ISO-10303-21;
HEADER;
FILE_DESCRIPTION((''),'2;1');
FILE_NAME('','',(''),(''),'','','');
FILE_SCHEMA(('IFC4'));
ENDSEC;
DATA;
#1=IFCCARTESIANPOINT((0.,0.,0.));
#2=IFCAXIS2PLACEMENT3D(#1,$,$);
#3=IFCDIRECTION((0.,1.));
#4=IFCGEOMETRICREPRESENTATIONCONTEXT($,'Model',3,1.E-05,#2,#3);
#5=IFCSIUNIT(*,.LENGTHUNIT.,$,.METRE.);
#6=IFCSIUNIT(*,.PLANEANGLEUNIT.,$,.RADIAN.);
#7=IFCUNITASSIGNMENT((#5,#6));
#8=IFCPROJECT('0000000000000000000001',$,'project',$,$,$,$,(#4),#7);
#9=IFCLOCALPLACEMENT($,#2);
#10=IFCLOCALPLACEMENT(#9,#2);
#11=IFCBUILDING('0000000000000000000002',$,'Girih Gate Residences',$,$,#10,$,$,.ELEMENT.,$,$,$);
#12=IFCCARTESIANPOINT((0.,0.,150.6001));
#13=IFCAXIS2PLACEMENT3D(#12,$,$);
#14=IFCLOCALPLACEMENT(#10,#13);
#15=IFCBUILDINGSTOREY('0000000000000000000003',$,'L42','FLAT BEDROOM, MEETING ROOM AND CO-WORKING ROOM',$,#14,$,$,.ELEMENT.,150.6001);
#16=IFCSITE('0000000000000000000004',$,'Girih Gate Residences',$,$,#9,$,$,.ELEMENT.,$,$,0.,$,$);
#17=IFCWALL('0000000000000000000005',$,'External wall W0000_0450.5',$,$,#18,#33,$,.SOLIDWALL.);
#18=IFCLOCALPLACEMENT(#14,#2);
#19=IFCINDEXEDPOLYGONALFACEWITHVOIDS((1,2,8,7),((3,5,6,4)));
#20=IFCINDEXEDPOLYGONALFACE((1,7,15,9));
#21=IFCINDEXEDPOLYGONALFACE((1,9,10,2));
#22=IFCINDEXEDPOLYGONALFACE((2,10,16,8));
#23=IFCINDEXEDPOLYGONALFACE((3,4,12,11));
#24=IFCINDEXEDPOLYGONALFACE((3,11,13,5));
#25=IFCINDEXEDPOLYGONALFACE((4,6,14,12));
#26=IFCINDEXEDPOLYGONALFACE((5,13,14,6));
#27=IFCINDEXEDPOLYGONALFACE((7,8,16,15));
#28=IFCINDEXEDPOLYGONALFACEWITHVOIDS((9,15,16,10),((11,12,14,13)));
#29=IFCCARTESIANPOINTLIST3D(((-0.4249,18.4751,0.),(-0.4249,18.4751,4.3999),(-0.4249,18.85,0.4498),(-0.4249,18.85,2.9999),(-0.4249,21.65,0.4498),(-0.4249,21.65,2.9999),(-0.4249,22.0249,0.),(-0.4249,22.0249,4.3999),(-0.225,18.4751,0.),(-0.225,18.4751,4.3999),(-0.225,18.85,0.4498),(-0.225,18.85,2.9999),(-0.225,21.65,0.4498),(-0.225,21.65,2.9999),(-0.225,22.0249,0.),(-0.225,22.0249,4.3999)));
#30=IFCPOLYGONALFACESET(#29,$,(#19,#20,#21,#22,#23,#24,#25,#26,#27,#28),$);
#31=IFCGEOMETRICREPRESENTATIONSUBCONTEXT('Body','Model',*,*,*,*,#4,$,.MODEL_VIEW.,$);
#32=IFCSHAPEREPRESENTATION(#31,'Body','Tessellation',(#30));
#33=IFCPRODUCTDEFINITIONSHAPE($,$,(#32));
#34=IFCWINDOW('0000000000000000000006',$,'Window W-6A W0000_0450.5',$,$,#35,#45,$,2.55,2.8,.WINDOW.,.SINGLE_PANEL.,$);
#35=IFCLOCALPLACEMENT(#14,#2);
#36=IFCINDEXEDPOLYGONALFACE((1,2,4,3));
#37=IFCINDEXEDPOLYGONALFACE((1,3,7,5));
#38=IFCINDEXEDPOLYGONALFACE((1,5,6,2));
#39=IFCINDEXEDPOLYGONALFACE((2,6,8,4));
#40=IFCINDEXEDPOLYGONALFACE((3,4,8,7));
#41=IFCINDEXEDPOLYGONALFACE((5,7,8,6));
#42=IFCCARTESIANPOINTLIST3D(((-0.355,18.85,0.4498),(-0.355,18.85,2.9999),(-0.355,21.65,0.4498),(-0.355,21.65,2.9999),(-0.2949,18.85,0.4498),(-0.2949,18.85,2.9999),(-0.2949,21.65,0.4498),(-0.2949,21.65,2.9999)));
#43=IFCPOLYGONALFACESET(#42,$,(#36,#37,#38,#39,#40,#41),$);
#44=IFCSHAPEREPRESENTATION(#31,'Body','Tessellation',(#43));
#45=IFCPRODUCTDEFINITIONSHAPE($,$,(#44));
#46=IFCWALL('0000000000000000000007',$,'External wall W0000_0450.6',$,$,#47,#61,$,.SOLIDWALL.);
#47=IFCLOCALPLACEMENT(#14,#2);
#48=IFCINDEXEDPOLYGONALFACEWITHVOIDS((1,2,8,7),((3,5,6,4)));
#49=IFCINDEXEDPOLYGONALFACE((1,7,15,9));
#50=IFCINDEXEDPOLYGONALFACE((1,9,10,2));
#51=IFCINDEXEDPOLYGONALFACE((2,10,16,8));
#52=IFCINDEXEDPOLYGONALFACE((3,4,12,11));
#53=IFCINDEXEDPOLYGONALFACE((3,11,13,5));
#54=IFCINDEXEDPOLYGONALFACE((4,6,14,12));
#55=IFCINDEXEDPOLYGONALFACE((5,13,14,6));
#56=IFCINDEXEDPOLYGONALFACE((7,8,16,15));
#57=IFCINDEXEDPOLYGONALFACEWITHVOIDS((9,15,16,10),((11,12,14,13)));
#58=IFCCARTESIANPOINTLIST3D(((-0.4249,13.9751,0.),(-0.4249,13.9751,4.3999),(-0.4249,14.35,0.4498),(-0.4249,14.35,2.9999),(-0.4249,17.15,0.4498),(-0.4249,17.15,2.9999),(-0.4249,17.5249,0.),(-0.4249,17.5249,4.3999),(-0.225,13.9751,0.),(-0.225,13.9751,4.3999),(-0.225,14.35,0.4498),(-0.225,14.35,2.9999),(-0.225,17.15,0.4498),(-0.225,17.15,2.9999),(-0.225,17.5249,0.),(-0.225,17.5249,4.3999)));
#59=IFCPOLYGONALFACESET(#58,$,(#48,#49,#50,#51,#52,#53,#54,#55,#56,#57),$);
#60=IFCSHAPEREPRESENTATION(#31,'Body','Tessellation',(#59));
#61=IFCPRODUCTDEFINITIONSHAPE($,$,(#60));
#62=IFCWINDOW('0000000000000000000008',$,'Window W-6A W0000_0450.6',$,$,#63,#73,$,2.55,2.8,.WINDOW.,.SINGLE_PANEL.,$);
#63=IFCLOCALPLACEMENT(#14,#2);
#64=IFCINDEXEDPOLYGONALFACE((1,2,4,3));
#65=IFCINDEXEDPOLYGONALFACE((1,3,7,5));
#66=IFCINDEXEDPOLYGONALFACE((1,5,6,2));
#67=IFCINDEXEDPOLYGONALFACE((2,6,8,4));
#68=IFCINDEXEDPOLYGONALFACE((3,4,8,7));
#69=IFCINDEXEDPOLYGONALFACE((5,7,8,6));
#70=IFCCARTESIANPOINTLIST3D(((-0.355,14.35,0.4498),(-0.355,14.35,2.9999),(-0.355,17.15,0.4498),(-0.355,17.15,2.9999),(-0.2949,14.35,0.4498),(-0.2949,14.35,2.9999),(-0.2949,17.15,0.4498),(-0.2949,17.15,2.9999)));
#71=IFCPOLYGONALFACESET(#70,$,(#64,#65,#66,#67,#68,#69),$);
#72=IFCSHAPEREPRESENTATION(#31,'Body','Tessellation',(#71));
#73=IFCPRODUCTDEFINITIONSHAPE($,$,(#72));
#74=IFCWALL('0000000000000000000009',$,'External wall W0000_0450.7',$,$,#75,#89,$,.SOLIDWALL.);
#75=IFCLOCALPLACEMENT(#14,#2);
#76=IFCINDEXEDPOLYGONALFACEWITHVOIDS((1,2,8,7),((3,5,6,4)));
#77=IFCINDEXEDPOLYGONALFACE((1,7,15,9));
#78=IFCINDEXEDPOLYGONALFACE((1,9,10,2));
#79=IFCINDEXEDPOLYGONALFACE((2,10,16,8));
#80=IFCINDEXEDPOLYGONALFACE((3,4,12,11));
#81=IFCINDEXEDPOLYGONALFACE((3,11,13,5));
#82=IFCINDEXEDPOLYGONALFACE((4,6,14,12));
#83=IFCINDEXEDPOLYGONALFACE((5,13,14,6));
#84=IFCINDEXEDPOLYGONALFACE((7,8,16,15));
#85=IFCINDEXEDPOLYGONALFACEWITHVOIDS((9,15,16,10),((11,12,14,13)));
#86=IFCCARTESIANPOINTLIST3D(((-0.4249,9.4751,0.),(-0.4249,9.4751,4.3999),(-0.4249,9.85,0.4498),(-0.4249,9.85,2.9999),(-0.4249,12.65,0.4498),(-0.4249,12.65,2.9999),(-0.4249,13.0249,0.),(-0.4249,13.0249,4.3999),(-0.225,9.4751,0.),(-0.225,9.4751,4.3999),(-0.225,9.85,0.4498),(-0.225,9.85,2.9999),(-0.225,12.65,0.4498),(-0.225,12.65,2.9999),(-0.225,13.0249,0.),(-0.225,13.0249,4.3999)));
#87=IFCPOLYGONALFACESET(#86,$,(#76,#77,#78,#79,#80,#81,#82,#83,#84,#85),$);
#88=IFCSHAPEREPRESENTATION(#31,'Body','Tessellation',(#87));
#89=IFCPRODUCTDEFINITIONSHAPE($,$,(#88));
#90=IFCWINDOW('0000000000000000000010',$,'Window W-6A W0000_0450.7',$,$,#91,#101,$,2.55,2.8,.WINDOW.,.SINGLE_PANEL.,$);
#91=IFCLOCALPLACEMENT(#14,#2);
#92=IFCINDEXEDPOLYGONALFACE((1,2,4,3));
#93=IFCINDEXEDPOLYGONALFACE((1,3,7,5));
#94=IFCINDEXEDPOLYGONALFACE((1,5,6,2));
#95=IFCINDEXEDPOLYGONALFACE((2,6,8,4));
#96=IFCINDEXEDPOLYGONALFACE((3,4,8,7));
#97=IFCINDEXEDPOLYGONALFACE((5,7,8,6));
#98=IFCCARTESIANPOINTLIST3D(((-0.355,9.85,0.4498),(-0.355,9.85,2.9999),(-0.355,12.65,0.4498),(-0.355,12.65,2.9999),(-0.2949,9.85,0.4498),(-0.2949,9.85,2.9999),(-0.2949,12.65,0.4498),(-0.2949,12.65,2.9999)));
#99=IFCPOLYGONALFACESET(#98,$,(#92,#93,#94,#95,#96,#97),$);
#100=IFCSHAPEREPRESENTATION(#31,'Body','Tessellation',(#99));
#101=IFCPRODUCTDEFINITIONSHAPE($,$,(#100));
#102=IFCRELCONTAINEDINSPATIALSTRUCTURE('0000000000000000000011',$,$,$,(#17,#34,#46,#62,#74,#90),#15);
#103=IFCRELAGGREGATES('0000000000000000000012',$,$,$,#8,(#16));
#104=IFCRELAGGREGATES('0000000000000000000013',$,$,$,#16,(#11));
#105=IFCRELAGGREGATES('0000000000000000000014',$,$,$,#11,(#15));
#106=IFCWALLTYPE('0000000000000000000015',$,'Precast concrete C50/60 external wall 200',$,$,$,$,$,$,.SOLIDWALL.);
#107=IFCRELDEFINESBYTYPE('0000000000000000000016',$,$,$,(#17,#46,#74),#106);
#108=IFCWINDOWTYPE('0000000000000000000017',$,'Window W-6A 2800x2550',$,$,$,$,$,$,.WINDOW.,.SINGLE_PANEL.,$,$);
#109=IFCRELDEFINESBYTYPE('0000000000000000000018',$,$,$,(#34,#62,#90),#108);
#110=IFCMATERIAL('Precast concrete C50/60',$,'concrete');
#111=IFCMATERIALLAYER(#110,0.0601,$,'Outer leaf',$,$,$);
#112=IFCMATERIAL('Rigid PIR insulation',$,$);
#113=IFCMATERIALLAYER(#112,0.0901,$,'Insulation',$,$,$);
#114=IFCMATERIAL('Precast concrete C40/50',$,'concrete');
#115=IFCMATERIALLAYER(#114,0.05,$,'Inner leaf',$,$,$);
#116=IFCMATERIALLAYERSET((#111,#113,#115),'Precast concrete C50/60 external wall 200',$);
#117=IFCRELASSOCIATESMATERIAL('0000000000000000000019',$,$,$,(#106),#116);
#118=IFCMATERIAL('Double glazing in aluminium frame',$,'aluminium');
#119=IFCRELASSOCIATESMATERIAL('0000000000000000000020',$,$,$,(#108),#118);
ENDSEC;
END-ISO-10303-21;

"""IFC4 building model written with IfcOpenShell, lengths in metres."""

from ifc_helpers import new_model, si_unit, direction, frame, frame_2d, origin, place, context, subcontext, project, spatial, rectangle, extrude, material, layer, layer_set, type_object, element, fill, save


model = new_model("IFC4")

# Units and contexts
model_context = context("Model", 3, precision=1e-05, world=origin(), true_north=direction((0.0, 1.0)))
body_context = subcontext(model_context, "Body", "Model", "MODEL_VIEW")
ifc_project = project(units=[si_unit("LENGTHUNIT", "METRE"), si_unit("PLANEANGLEUNIT", "RADIAN")], contexts=[model_context])

# Site, building, storey
site_placement = place(None, origin())
site = spatial("IfcSite", under=ifc_project, at=site_placement, Name="Girih Gate Residences", CompositionType="ELEMENT", RefElevation=0.0)
building_placement = place(site_placement, origin())
building = spatial("IfcBuilding", under=site, at=building_placement, Name="Girih Gate Residences", CompositionType="ELEMENT")
storey_placement = place(building_placement, frame((0.0, 0.0, 150.6001)))
storey = spatial("IfcBuildingStorey", under=building, at=storey_placement, Name="L42", Description="FLAT BEDROOM, MEETING ROOM AND CO-WORKING ROOM", CompositionType="ELEMENT", Elevation=150.6001)

# Walls, openings, windows
ifc_material_1 = material(Name="Precast concrete C50/60", Category="concrete")
ifc_layer_1 = layer(ifc_material_1, 0.0601, Name="Outer leaf")
ifc_material_2 = material(Name="Rigid PIR insulation")
ifc_layer_2 = layer(ifc_material_2, 0.0901, Name="Insulation")
ifc_material_3 = material(Name="Precast concrete C40/50", Category="concrete")
ifc_layer_3 = layer(ifc_material_3, 0.05, Name="Inner leaf")
ifc_layer_set_1 = layer_set([ifc_layer_1, ifc_layer_2, ifc_layer_3], Name="Precast concrete C50/60 external wall 200")
wall_type_1 = type_object("IfcWallType", Name="Precast concrete C50/60 external wall 200", PredefinedType="SOLIDWALL", material=ifc_layer_set_1)
ifc_material_4 = material(Name="Double glazing in aluminium frame", Category="aluminium")
window_type = type_object("IfcWindowType", Name="Window W-6A 2800x2550", PartitioningType="SINGLE_PANEL", PredefinedType="WINDOW", material=ifc_material_4)
wall_1_placement = place(storey_placement, frame((-0.325, 18.4751, 0.0), z_axis=(0.0, 0.0, 1.0), x_axis=(0.0, 1.0, 0.0)))
wall_1 = element("IfcWall", 1, at=wall_1_placement, inside=storey, type_object=wall_type_1, Name="External wall W0000_0450.5", PredefinedType="SOLIDWALL", context=body_context, shape_type="SweptSolid", body=[
    extrude(rectangle(XDim=3.5498, YDim=0.2, at=frame_2d((1.7749, 0.0))), origin(), (0.0, 0.0, 1.0), 4.3999),
])
opening_1_placement = place(wall_1_placement, frame((0.375, 0.0, 0.45)))
opening_1 = element("IfcOpeningElement", 2, at=opening_1_placement, cuts=wall_1, PredefinedType="OPENING", context=body_context, shape_type="SweptSolid", body=[
    extrude(rectangle(XDim=2.8, YDim=2.55, at=frame_2d((1.3999, 1.2749))), frame((0.0, 0.1099, 0.0), z_axis=(0.0, -1.0, 0.0), x_axis=(1.0, 0.0, 0.0)), (0.0, 0.0, 1.0), 0.22),
])
window_1_placement = place(opening_1_placement, origin())
window_1 = element("IfcWindow", 3, at=window_1_placement, inside=storey, type_object=window_type, Name="Window W-6A W0000_0450.5", OverallHeight=2.55, OverallWidth=2.8, PartitioningType="SINGLE_PANEL", PredefinedType="WINDOW", context=body_context, shape_type="SweptSolid", body=[
    extrude(rectangle(XDim=2.8, YDim=2.55, at=frame_2d((1.3999, 1.2749))), frame((0.0, 0.03, 0.0), z_axis=(0.0, -1.0, 0.0), x_axis=(1.0, 0.0, 0.0)), (0.0, 0.0, 1.0), 0.0601),
])
fill(opening_1, window_1)
wall_2_placement = place(storey_placement, frame((-0.325, 13.9751, 0.0), z_axis=(0.0, 0.0, 1.0), x_axis=(0.0, 1.0, 0.0)))
wall_2 = element("IfcWall", 4, at=wall_2_placement, inside=storey, type_object=wall_type_1, Name="External wall W0000_0450.6", PredefinedType="SOLIDWALL", context=body_context, shape_type="SweptSolid", body=[
    extrude(rectangle(XDim=3.5498, YDim=0.2, at=frame_2d((1.7749, 0.0))), origin(), (0.0, 0.0, 1.0), 4.3999),
])
opening_2_placement = place(wall_2_placement, frame((0.375, 0.0, 0.45)))
opening_2 = element("IfcOpeningElement", 5, at=opening_2_placement, cuts=wall_2, PredefinedType="OPENING", context=body_context, shape_type="SweptSolid", body=[
    extrude(rectangle(XDim=2.8, YDim=2.55, at=frame_2d((1.3999, 1.2749))), frame((0.0, 0.1099, 0.0), z_axis=(0.0, -1.0, 0.0), x_axis=(1.0, 0.0, 0.0)), (0.0, 0.0, 1.0), 0.22),
])
window_2_placement = place(opening_2_placement, origin())
window_2 = element("IfcWindow", 6, at=window_2_placement, inside=storey, type_object=window_type, Name="Window W-6A W0000_0450.6", OverallHeight=2.55, OverallWidth=2.8, PartitioningType="SINGLE_PANEL", PredefinedType="WINDOW", context=body_context, shape_type="SweptSolid", body=[
    extrude(rectangle(XDim=2.8, YDim=2.55, at=frame_2d((1.3999, 1.2749))), frame((0.0, 0.03, 0.0), z_axis=(0.0, -1.0, 0.0), x_axis=(1.0, 0.0, 0.0)), (0.0, 0.0, 1.0), 0.0601),
])
fill(opening_2, window_2)
wall_3_placement = place(storey_placement, frame((-0.325, 9.4751, 0.0), z_axis=(0.0, 0.0, 1.0), x_axis=(0.0, 1.0, 0.0)))
wall_3 = element("IfcWall", 7, at=wall_3_placement, inside=storey, type_object=wall_type_1, Name="External wall W0000_0450.7", PredefinedType="SOLIDWALL", context=body_context, shape_type="SweptSolid", body=[
    extrude(rectangle(XDim=3.5498, YDim=0.2, at=frame_2d((1.7749, 0.0))), origin(), (0.0, 0.0, 1.0), 4.3999),
])
opening_3_placement = place(wall_3_placement, frame((0.375, 0.0, 0.45)))
opening_3 = element("IfcOpeningElement", 8, at=opening_3_placement, cuts=wall_3, PredefinedType="OPENING", context=body_context, shape_type="SweptSolid", body=[
    extrude(rectangle(XDim=2.8, YDim=2.55, at=frame_2d((1.3999, 1.2749))), frame((0.0, 0.1099, 0.0), z_axis=(0.0, -1.0, 0.0), x_axis=(1.0, 0.0, 0.0)), (0.0, 0.0, 1.0), 0.22),
])
window_3_placement = place(opening_3_placement, origin())
window_3 = element("IfcWindow", 9, at=window_3_placement, inside=storey, type_object=window_type, Name="Window W-6A W0000_0450.7", OverallHeight=2.55, OverallWidth=2.8, PartitioningType="SINGLE_PANEL", PredefinedType="WINDOW", context=body_context, shape_type="SweptSolid", body=[
    extrude(rectangle(XDim=2.8, YDim=2.55, at=frame_2d((1.3999, 1.2749))), frame((0.0, 0.03, 0.0), z_axis=(0.0, -1.0, 0.0), x_axis=(1.0, 0.0, 0.0)), (0.0, 0.0, 1.0), 0.0601),
])
fill(opening_3, window_3)

save(model, "model.ifc")
